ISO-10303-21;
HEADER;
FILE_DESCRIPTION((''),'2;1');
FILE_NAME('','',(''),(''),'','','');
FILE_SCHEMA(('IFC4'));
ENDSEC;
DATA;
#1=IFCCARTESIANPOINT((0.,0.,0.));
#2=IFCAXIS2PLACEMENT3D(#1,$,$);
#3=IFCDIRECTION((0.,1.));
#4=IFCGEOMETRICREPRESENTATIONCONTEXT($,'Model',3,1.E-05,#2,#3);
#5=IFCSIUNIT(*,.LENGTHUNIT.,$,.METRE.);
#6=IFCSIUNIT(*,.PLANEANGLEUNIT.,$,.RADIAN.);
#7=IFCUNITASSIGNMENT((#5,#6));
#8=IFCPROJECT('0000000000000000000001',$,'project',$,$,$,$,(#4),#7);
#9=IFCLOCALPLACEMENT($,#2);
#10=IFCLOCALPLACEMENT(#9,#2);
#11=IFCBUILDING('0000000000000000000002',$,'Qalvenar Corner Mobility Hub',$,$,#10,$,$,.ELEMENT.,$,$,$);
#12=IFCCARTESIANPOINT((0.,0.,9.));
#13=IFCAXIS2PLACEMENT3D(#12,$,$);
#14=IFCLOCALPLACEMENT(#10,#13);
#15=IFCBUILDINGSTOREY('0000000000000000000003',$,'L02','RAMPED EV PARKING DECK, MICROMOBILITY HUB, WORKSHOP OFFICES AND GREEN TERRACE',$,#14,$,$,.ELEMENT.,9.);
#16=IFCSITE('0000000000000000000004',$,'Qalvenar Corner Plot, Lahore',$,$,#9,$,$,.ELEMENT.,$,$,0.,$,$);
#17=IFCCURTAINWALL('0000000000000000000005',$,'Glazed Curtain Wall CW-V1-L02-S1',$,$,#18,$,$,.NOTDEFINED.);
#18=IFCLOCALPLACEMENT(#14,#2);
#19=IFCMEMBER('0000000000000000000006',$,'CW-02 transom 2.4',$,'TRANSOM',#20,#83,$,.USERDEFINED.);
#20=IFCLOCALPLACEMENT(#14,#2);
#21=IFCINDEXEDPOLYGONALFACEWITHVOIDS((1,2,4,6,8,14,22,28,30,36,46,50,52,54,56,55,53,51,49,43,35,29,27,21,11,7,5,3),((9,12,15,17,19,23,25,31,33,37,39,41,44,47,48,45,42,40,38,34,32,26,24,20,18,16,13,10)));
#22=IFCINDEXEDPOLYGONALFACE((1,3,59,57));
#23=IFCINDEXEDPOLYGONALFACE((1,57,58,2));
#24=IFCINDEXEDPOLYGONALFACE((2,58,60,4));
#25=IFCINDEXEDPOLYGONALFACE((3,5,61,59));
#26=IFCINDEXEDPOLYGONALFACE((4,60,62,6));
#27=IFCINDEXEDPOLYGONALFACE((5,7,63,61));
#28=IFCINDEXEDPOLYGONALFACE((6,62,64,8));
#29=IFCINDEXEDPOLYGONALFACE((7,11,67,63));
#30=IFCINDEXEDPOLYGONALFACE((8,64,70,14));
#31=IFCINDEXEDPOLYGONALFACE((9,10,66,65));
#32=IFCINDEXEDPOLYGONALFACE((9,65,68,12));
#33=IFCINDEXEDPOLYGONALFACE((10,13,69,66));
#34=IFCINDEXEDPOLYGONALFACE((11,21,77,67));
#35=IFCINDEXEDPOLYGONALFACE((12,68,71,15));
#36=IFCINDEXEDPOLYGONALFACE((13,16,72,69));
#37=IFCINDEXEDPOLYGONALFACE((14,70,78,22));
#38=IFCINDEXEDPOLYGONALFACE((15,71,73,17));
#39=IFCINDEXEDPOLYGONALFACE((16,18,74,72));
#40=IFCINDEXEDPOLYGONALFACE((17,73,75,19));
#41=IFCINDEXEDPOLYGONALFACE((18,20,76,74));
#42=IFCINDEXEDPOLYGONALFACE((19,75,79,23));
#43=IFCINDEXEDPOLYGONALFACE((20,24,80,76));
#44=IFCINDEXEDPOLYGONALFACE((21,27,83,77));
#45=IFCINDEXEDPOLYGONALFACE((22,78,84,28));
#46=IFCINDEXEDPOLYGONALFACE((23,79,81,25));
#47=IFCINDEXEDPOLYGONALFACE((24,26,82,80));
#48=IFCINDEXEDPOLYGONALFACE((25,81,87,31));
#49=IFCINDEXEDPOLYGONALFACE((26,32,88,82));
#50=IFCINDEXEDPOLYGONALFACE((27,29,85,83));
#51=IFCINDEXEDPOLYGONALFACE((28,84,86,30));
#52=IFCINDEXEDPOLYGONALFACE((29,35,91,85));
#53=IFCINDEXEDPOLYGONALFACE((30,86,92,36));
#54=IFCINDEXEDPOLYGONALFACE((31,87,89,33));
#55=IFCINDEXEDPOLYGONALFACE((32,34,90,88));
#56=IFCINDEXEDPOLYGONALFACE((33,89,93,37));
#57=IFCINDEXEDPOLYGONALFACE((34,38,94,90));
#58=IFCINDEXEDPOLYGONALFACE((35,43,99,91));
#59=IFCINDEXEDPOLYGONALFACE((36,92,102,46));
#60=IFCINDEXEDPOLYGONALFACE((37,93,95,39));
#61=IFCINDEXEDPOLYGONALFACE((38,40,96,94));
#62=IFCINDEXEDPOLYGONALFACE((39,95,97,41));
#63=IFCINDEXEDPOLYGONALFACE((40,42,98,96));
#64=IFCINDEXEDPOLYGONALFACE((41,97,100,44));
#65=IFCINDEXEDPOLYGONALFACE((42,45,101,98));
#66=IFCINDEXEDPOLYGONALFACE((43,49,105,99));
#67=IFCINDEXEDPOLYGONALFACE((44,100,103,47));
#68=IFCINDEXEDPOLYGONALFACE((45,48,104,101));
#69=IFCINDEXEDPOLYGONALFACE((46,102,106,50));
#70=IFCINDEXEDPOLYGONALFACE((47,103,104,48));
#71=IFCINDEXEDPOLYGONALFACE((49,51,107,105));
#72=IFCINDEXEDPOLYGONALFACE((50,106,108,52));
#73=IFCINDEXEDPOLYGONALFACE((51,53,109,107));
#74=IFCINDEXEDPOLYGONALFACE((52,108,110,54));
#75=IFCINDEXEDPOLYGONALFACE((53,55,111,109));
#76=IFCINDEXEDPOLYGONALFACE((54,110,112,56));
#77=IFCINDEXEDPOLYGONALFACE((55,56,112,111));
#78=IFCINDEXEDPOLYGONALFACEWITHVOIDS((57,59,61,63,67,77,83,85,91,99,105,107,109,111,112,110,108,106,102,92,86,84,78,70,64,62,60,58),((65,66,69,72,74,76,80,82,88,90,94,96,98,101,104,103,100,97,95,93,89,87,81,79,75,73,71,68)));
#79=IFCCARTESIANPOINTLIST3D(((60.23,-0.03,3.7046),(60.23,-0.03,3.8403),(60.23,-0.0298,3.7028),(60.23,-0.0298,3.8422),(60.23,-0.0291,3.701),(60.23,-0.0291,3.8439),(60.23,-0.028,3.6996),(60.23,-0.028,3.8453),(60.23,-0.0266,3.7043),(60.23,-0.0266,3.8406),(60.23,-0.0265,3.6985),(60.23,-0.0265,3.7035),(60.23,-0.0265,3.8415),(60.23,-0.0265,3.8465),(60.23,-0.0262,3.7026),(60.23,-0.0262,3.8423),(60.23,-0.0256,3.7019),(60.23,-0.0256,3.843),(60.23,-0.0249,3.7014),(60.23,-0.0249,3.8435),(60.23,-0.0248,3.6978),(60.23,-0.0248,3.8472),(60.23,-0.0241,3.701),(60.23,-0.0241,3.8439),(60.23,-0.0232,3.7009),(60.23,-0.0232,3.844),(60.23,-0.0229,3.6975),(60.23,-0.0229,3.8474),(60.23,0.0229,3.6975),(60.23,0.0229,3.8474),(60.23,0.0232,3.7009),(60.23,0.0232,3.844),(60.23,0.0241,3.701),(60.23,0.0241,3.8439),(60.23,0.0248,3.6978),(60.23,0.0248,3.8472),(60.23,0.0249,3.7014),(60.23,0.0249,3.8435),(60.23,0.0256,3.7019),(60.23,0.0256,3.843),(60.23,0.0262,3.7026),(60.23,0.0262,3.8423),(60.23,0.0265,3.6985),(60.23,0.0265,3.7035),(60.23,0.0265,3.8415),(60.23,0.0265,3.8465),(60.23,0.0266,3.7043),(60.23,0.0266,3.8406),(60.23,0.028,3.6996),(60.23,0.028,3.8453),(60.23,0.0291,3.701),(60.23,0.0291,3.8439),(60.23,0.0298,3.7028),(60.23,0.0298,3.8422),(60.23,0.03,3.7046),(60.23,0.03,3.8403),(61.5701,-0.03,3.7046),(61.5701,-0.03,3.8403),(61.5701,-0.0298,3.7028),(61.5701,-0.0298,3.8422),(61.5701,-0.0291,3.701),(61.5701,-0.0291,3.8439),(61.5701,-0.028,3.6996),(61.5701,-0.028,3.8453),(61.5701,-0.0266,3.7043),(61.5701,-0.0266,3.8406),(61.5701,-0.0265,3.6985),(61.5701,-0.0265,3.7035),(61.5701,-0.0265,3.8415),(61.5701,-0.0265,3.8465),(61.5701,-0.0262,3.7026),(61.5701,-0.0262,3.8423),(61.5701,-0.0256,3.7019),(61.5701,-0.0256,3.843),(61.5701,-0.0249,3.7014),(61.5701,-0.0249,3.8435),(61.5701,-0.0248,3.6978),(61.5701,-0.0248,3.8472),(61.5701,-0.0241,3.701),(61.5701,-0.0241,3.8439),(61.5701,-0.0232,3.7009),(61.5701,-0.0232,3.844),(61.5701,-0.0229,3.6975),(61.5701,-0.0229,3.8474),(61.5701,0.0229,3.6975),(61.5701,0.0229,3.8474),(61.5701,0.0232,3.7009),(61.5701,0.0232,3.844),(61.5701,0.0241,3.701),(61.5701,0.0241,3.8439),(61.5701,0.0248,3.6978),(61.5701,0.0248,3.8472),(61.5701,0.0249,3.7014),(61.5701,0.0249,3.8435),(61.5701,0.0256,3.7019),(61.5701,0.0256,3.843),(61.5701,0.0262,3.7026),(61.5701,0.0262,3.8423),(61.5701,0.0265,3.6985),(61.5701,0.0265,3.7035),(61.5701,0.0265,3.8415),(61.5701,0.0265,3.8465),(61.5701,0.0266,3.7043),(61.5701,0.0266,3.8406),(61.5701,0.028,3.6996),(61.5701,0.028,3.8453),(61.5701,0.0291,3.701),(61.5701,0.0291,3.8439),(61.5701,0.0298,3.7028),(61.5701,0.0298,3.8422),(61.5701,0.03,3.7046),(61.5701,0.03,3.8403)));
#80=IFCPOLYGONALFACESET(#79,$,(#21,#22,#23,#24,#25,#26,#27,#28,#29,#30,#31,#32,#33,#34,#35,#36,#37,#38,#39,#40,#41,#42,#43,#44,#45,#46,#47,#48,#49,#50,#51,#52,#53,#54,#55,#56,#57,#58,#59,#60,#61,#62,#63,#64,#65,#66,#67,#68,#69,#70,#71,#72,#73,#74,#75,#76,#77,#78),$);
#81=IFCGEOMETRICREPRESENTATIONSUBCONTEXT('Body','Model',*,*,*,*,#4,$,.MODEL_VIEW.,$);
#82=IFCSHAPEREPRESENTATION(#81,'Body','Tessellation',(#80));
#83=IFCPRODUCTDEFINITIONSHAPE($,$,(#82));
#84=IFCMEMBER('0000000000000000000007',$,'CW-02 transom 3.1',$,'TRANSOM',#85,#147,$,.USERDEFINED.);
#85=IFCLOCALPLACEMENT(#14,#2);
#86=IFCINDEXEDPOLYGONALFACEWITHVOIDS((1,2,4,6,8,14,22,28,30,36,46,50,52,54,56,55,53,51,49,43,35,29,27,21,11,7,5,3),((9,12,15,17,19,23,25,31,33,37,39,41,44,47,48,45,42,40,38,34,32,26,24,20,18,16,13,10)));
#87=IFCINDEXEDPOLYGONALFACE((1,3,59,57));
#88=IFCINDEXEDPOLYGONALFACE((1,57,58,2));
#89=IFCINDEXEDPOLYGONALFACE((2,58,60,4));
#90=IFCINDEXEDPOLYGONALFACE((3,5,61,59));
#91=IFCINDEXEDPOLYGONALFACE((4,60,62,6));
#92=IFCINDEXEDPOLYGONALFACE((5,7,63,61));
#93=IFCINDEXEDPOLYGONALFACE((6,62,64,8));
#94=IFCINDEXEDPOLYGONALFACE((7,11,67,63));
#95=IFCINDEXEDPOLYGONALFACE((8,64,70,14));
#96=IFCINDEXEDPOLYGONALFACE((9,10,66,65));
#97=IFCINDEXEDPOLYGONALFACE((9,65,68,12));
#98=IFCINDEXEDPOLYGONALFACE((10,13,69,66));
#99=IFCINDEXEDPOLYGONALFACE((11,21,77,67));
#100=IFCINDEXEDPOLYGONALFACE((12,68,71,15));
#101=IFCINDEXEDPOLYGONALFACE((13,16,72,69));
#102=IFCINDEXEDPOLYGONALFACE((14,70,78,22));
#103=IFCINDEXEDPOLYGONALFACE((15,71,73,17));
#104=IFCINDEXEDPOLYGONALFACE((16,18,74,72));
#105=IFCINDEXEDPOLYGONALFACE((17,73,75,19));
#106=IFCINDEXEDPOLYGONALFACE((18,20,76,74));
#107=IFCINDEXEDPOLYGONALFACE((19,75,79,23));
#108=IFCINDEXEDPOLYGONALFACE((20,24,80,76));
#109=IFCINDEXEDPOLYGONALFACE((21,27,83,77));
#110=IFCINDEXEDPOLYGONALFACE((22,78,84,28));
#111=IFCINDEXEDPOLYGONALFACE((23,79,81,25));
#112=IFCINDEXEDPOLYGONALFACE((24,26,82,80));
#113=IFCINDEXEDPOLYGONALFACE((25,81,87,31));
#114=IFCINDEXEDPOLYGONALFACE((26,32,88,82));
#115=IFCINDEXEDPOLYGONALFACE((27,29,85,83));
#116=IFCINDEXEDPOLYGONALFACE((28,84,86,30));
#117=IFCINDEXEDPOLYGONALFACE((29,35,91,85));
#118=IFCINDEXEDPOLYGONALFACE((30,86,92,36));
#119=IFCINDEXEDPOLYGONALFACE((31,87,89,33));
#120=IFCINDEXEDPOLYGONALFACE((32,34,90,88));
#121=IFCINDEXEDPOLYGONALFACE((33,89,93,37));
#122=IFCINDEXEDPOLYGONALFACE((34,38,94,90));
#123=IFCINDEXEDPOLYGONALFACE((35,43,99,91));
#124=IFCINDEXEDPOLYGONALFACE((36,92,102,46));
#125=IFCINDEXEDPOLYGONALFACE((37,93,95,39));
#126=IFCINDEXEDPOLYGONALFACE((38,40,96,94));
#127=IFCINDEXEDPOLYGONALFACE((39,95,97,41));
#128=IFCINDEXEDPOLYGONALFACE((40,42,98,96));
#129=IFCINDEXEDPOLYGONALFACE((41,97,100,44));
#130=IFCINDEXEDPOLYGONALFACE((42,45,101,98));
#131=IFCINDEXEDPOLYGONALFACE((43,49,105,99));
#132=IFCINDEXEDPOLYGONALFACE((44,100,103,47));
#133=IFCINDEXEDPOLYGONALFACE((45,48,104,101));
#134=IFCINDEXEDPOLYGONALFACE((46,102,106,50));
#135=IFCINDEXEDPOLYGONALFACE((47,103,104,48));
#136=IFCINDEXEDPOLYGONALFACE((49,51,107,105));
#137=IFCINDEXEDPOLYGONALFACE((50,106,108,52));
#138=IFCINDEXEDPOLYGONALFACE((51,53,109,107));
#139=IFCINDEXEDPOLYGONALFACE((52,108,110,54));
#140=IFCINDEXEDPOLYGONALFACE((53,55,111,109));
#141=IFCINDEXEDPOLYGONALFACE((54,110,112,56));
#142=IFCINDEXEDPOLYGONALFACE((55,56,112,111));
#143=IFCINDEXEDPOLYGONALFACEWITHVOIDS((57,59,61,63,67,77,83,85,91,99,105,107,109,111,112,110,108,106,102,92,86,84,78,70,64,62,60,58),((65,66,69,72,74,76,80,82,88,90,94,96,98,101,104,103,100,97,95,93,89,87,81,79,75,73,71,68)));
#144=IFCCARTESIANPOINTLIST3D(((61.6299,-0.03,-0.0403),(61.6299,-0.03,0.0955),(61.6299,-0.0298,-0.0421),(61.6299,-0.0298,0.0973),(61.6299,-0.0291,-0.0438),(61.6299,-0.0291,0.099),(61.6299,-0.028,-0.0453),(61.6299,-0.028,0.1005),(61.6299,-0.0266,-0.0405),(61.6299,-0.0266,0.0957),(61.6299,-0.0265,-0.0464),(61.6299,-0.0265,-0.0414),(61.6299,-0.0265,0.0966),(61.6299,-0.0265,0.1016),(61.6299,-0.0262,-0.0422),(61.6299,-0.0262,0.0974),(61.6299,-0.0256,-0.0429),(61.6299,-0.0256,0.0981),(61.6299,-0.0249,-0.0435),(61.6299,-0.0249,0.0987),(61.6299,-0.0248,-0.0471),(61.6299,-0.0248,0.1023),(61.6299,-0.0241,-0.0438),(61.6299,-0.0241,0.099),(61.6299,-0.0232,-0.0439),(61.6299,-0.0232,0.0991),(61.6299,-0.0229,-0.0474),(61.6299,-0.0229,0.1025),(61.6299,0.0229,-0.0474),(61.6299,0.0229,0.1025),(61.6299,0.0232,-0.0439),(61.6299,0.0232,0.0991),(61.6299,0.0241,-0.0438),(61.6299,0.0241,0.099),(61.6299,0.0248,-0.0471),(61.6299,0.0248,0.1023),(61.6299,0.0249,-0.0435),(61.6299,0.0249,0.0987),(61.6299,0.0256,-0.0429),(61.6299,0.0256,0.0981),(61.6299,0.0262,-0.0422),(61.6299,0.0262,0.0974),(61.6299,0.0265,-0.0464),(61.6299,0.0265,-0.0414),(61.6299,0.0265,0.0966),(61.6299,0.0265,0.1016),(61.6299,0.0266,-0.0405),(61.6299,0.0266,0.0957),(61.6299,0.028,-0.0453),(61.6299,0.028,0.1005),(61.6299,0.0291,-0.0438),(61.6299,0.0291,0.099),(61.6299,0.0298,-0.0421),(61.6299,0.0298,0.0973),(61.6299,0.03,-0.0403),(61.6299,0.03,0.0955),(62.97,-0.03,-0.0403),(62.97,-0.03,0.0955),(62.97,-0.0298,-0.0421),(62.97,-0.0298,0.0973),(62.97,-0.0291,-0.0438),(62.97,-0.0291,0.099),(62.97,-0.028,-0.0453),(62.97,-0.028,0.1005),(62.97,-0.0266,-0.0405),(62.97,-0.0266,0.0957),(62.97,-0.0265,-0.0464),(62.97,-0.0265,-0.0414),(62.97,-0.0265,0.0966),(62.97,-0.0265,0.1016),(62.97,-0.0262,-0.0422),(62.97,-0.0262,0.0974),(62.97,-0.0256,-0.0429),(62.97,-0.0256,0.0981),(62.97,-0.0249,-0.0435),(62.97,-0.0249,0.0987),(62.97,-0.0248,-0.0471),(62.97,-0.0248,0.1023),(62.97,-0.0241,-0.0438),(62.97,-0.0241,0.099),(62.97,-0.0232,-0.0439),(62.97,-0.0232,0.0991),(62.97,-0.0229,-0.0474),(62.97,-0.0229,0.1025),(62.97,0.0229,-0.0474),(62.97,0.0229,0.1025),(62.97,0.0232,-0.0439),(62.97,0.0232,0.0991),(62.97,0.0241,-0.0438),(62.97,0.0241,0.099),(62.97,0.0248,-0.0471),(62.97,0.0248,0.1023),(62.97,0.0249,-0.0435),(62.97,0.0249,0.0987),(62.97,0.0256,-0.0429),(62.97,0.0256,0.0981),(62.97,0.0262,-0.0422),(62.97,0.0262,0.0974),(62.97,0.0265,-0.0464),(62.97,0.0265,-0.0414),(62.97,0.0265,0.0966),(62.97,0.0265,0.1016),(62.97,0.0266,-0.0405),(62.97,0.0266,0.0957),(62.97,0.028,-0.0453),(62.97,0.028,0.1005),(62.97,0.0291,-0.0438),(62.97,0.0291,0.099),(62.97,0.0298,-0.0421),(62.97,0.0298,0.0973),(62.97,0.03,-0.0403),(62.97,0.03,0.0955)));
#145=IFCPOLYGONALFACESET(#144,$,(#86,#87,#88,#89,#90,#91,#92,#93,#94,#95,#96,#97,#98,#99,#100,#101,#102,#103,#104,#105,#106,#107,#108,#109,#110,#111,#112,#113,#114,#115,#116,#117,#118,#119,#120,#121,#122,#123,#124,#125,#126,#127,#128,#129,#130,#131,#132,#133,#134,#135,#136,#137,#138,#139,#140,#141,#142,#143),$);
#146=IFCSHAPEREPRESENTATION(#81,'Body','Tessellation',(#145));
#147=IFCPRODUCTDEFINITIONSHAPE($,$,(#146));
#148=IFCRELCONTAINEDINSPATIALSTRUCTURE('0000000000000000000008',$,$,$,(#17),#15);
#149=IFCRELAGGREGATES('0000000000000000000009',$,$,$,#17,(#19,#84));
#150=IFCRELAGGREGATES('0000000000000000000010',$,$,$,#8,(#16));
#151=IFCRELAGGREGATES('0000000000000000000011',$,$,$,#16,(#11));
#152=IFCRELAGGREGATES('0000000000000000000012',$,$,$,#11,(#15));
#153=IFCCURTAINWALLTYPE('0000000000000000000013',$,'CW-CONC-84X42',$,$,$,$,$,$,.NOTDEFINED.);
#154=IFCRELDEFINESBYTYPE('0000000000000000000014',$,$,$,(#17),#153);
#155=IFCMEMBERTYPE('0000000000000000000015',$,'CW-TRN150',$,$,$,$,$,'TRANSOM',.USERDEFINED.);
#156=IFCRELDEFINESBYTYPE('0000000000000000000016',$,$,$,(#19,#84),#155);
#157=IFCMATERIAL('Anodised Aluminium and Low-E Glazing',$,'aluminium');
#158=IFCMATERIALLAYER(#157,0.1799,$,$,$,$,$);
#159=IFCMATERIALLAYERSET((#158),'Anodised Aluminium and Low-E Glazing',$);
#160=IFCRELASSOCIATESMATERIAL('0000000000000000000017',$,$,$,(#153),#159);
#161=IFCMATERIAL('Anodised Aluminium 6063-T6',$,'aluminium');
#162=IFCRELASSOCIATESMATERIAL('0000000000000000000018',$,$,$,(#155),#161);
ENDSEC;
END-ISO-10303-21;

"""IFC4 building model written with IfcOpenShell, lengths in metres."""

from ifc_helpers import new_model, si_unit, direction, frame, origin, origin_2d, place, context, subcontext, project, spatial, hollow_rectangle, extrude, material, layer, layer_set, material_profile, profile_set, type_object, element, aggregate, save


model = new_model("IFC4")

# Units and contexts
model_context = context("Model", 3, precision=1e-05, world=origin(), true_north=direction((0.0, 1.0)))
body_context = subcontext(model_context, "Body", "Model", "MODEL_VIEW")
ifc_project = project(units=[si_unit("LENGTHUNIT", "METRE"), si_unit("PLANEANGLEUNIT", "RADIAN")], contexts=[model_context])

# Site, building, storey
site_placement = place(None, origin())
site = spatial("IfcSite", under=ifc_project, at=site_placement, Name="Qalvenar Corner Plot, Lahore", CompositionType="ELEMENT", RefElevation=0.0)
building_placement = place(site_placement, origin())
building = spatial("IfcBuilding", under=site, at=building_placement, Name="Qalvenar Corner Mobility Hub", CompositionType="ELEMENT")
storey_placement = place(building_placement, frame((0.0, 0.0, 9.0)))
storey = spatial("IfcBuildingStorey", under=building, at=storey_placement, Name="L02", Description="RAMPED EV PARKING DECK, MICROMOBILITY HUB, WORKSHOP OFFICES AND GREEN TERRACE", CompositionType="ELEMENT", Elevation=9.0)

# Curtain wall, members
ifc_material_1 = material(Name="Anodised Aluminium and Low-E Glazing", Category="aluminium")
ifc_layer_1 = layer(ifc_material_1, 0.1799)
ifc_layer_set_1 = layer_set([ifc_layer_1], Name="Anodised Aluminium and Low-E Glazing")
curtain_wall_type = type_object("IfcCurtainWallType", Name="CW-CONC-84X42", PredefinedType="NOTDEFINED", material=ifc_layer_set_1)
curtain_wall_placement = place(storey_placement, origin())
curtain_wall = element("IfcCurtainWall", 1, at=curtain_wall_placement, inside=storey, type_object=curtain_wall_type, Name="Glazed Curtain Wall CW-V1-L02-S1", PredefinedType="NOTDEFINED")
ifc_material_2 = material(Name="Anodised Aluminium 6063-T6", Category="aluminium")
ifc_material_profile_1 = material_profile(ifc_material_2, hollow_rectangle(XDim=0.0601, YDim=0.1499, WallThickness=0.0034, InnerFilletRadius=0.0034, OuterFilletRadius=0.0071, at=origin_2d()), Name="RHS150x60x3.5")
ifc_profile_set_1 = profile_set([ifc_material_profile_1], Name="Anodised Aluminium 6063-T6")
member_type_1 = type_object("IfcMemberType", Name="CW-TRN150", ElementType="TRANSOM", PredefinedType="USERDEFINED", material=ifc_profile_set_1)
member_1_placement = place(storey_placement, frame((60.23, 0.0, 3.7725), z_axis=(1.0, 0.0, 0.0), x_axis=(0.0, 1.0, 0.0)))
member_1 = element("IfcMember", 2, at=member_1_placement, type_object=member_type_1, Name="CW-02 transom 2.4", ObjectType="TRANSOM", PredefinedType="USERDEFINED", context=body_context, shape_type="SweptSolid", body=[
    extrude(hollow_rectangle(XDim=0.0601, YDim=0.1499, WallThickness=0.0034, InnerFilletRadius=0.0034, OuterFilletRadius=0.0071, at=origin_2d()), origin(), (0.0, 0.0, 1.0), 1.3401),
])
member_2_placement = place(storey_placement, frame((61.6299, 0.0, 0.0276), z_axis=(1.0, 0.0, 0.0), x_axis=(0.0, 1.0, 0.0)))
member_2 = element("IfcMember", 3, at=member_2_placement, type_object=member_type_1, Name="CW-02 transom 3.1", ObjectType="TRANSOM", PredefinedType="USERDEFINED", context=body_context, shape_type="SweptSolid", body=[
    extrude(hollow_rectangle(XDim=0.0601, YDim=0.1499, WallThickness=0.0034, InnerFilletRadius=0.0034, OuterFilletRadius=0.0071, at=origin_2d()), origin(), (0.0, 0.0, 1.0), 1.3401),
])

aggregate(curtain_wall, [member_1, member_2])

save(model, "model.ifc")
